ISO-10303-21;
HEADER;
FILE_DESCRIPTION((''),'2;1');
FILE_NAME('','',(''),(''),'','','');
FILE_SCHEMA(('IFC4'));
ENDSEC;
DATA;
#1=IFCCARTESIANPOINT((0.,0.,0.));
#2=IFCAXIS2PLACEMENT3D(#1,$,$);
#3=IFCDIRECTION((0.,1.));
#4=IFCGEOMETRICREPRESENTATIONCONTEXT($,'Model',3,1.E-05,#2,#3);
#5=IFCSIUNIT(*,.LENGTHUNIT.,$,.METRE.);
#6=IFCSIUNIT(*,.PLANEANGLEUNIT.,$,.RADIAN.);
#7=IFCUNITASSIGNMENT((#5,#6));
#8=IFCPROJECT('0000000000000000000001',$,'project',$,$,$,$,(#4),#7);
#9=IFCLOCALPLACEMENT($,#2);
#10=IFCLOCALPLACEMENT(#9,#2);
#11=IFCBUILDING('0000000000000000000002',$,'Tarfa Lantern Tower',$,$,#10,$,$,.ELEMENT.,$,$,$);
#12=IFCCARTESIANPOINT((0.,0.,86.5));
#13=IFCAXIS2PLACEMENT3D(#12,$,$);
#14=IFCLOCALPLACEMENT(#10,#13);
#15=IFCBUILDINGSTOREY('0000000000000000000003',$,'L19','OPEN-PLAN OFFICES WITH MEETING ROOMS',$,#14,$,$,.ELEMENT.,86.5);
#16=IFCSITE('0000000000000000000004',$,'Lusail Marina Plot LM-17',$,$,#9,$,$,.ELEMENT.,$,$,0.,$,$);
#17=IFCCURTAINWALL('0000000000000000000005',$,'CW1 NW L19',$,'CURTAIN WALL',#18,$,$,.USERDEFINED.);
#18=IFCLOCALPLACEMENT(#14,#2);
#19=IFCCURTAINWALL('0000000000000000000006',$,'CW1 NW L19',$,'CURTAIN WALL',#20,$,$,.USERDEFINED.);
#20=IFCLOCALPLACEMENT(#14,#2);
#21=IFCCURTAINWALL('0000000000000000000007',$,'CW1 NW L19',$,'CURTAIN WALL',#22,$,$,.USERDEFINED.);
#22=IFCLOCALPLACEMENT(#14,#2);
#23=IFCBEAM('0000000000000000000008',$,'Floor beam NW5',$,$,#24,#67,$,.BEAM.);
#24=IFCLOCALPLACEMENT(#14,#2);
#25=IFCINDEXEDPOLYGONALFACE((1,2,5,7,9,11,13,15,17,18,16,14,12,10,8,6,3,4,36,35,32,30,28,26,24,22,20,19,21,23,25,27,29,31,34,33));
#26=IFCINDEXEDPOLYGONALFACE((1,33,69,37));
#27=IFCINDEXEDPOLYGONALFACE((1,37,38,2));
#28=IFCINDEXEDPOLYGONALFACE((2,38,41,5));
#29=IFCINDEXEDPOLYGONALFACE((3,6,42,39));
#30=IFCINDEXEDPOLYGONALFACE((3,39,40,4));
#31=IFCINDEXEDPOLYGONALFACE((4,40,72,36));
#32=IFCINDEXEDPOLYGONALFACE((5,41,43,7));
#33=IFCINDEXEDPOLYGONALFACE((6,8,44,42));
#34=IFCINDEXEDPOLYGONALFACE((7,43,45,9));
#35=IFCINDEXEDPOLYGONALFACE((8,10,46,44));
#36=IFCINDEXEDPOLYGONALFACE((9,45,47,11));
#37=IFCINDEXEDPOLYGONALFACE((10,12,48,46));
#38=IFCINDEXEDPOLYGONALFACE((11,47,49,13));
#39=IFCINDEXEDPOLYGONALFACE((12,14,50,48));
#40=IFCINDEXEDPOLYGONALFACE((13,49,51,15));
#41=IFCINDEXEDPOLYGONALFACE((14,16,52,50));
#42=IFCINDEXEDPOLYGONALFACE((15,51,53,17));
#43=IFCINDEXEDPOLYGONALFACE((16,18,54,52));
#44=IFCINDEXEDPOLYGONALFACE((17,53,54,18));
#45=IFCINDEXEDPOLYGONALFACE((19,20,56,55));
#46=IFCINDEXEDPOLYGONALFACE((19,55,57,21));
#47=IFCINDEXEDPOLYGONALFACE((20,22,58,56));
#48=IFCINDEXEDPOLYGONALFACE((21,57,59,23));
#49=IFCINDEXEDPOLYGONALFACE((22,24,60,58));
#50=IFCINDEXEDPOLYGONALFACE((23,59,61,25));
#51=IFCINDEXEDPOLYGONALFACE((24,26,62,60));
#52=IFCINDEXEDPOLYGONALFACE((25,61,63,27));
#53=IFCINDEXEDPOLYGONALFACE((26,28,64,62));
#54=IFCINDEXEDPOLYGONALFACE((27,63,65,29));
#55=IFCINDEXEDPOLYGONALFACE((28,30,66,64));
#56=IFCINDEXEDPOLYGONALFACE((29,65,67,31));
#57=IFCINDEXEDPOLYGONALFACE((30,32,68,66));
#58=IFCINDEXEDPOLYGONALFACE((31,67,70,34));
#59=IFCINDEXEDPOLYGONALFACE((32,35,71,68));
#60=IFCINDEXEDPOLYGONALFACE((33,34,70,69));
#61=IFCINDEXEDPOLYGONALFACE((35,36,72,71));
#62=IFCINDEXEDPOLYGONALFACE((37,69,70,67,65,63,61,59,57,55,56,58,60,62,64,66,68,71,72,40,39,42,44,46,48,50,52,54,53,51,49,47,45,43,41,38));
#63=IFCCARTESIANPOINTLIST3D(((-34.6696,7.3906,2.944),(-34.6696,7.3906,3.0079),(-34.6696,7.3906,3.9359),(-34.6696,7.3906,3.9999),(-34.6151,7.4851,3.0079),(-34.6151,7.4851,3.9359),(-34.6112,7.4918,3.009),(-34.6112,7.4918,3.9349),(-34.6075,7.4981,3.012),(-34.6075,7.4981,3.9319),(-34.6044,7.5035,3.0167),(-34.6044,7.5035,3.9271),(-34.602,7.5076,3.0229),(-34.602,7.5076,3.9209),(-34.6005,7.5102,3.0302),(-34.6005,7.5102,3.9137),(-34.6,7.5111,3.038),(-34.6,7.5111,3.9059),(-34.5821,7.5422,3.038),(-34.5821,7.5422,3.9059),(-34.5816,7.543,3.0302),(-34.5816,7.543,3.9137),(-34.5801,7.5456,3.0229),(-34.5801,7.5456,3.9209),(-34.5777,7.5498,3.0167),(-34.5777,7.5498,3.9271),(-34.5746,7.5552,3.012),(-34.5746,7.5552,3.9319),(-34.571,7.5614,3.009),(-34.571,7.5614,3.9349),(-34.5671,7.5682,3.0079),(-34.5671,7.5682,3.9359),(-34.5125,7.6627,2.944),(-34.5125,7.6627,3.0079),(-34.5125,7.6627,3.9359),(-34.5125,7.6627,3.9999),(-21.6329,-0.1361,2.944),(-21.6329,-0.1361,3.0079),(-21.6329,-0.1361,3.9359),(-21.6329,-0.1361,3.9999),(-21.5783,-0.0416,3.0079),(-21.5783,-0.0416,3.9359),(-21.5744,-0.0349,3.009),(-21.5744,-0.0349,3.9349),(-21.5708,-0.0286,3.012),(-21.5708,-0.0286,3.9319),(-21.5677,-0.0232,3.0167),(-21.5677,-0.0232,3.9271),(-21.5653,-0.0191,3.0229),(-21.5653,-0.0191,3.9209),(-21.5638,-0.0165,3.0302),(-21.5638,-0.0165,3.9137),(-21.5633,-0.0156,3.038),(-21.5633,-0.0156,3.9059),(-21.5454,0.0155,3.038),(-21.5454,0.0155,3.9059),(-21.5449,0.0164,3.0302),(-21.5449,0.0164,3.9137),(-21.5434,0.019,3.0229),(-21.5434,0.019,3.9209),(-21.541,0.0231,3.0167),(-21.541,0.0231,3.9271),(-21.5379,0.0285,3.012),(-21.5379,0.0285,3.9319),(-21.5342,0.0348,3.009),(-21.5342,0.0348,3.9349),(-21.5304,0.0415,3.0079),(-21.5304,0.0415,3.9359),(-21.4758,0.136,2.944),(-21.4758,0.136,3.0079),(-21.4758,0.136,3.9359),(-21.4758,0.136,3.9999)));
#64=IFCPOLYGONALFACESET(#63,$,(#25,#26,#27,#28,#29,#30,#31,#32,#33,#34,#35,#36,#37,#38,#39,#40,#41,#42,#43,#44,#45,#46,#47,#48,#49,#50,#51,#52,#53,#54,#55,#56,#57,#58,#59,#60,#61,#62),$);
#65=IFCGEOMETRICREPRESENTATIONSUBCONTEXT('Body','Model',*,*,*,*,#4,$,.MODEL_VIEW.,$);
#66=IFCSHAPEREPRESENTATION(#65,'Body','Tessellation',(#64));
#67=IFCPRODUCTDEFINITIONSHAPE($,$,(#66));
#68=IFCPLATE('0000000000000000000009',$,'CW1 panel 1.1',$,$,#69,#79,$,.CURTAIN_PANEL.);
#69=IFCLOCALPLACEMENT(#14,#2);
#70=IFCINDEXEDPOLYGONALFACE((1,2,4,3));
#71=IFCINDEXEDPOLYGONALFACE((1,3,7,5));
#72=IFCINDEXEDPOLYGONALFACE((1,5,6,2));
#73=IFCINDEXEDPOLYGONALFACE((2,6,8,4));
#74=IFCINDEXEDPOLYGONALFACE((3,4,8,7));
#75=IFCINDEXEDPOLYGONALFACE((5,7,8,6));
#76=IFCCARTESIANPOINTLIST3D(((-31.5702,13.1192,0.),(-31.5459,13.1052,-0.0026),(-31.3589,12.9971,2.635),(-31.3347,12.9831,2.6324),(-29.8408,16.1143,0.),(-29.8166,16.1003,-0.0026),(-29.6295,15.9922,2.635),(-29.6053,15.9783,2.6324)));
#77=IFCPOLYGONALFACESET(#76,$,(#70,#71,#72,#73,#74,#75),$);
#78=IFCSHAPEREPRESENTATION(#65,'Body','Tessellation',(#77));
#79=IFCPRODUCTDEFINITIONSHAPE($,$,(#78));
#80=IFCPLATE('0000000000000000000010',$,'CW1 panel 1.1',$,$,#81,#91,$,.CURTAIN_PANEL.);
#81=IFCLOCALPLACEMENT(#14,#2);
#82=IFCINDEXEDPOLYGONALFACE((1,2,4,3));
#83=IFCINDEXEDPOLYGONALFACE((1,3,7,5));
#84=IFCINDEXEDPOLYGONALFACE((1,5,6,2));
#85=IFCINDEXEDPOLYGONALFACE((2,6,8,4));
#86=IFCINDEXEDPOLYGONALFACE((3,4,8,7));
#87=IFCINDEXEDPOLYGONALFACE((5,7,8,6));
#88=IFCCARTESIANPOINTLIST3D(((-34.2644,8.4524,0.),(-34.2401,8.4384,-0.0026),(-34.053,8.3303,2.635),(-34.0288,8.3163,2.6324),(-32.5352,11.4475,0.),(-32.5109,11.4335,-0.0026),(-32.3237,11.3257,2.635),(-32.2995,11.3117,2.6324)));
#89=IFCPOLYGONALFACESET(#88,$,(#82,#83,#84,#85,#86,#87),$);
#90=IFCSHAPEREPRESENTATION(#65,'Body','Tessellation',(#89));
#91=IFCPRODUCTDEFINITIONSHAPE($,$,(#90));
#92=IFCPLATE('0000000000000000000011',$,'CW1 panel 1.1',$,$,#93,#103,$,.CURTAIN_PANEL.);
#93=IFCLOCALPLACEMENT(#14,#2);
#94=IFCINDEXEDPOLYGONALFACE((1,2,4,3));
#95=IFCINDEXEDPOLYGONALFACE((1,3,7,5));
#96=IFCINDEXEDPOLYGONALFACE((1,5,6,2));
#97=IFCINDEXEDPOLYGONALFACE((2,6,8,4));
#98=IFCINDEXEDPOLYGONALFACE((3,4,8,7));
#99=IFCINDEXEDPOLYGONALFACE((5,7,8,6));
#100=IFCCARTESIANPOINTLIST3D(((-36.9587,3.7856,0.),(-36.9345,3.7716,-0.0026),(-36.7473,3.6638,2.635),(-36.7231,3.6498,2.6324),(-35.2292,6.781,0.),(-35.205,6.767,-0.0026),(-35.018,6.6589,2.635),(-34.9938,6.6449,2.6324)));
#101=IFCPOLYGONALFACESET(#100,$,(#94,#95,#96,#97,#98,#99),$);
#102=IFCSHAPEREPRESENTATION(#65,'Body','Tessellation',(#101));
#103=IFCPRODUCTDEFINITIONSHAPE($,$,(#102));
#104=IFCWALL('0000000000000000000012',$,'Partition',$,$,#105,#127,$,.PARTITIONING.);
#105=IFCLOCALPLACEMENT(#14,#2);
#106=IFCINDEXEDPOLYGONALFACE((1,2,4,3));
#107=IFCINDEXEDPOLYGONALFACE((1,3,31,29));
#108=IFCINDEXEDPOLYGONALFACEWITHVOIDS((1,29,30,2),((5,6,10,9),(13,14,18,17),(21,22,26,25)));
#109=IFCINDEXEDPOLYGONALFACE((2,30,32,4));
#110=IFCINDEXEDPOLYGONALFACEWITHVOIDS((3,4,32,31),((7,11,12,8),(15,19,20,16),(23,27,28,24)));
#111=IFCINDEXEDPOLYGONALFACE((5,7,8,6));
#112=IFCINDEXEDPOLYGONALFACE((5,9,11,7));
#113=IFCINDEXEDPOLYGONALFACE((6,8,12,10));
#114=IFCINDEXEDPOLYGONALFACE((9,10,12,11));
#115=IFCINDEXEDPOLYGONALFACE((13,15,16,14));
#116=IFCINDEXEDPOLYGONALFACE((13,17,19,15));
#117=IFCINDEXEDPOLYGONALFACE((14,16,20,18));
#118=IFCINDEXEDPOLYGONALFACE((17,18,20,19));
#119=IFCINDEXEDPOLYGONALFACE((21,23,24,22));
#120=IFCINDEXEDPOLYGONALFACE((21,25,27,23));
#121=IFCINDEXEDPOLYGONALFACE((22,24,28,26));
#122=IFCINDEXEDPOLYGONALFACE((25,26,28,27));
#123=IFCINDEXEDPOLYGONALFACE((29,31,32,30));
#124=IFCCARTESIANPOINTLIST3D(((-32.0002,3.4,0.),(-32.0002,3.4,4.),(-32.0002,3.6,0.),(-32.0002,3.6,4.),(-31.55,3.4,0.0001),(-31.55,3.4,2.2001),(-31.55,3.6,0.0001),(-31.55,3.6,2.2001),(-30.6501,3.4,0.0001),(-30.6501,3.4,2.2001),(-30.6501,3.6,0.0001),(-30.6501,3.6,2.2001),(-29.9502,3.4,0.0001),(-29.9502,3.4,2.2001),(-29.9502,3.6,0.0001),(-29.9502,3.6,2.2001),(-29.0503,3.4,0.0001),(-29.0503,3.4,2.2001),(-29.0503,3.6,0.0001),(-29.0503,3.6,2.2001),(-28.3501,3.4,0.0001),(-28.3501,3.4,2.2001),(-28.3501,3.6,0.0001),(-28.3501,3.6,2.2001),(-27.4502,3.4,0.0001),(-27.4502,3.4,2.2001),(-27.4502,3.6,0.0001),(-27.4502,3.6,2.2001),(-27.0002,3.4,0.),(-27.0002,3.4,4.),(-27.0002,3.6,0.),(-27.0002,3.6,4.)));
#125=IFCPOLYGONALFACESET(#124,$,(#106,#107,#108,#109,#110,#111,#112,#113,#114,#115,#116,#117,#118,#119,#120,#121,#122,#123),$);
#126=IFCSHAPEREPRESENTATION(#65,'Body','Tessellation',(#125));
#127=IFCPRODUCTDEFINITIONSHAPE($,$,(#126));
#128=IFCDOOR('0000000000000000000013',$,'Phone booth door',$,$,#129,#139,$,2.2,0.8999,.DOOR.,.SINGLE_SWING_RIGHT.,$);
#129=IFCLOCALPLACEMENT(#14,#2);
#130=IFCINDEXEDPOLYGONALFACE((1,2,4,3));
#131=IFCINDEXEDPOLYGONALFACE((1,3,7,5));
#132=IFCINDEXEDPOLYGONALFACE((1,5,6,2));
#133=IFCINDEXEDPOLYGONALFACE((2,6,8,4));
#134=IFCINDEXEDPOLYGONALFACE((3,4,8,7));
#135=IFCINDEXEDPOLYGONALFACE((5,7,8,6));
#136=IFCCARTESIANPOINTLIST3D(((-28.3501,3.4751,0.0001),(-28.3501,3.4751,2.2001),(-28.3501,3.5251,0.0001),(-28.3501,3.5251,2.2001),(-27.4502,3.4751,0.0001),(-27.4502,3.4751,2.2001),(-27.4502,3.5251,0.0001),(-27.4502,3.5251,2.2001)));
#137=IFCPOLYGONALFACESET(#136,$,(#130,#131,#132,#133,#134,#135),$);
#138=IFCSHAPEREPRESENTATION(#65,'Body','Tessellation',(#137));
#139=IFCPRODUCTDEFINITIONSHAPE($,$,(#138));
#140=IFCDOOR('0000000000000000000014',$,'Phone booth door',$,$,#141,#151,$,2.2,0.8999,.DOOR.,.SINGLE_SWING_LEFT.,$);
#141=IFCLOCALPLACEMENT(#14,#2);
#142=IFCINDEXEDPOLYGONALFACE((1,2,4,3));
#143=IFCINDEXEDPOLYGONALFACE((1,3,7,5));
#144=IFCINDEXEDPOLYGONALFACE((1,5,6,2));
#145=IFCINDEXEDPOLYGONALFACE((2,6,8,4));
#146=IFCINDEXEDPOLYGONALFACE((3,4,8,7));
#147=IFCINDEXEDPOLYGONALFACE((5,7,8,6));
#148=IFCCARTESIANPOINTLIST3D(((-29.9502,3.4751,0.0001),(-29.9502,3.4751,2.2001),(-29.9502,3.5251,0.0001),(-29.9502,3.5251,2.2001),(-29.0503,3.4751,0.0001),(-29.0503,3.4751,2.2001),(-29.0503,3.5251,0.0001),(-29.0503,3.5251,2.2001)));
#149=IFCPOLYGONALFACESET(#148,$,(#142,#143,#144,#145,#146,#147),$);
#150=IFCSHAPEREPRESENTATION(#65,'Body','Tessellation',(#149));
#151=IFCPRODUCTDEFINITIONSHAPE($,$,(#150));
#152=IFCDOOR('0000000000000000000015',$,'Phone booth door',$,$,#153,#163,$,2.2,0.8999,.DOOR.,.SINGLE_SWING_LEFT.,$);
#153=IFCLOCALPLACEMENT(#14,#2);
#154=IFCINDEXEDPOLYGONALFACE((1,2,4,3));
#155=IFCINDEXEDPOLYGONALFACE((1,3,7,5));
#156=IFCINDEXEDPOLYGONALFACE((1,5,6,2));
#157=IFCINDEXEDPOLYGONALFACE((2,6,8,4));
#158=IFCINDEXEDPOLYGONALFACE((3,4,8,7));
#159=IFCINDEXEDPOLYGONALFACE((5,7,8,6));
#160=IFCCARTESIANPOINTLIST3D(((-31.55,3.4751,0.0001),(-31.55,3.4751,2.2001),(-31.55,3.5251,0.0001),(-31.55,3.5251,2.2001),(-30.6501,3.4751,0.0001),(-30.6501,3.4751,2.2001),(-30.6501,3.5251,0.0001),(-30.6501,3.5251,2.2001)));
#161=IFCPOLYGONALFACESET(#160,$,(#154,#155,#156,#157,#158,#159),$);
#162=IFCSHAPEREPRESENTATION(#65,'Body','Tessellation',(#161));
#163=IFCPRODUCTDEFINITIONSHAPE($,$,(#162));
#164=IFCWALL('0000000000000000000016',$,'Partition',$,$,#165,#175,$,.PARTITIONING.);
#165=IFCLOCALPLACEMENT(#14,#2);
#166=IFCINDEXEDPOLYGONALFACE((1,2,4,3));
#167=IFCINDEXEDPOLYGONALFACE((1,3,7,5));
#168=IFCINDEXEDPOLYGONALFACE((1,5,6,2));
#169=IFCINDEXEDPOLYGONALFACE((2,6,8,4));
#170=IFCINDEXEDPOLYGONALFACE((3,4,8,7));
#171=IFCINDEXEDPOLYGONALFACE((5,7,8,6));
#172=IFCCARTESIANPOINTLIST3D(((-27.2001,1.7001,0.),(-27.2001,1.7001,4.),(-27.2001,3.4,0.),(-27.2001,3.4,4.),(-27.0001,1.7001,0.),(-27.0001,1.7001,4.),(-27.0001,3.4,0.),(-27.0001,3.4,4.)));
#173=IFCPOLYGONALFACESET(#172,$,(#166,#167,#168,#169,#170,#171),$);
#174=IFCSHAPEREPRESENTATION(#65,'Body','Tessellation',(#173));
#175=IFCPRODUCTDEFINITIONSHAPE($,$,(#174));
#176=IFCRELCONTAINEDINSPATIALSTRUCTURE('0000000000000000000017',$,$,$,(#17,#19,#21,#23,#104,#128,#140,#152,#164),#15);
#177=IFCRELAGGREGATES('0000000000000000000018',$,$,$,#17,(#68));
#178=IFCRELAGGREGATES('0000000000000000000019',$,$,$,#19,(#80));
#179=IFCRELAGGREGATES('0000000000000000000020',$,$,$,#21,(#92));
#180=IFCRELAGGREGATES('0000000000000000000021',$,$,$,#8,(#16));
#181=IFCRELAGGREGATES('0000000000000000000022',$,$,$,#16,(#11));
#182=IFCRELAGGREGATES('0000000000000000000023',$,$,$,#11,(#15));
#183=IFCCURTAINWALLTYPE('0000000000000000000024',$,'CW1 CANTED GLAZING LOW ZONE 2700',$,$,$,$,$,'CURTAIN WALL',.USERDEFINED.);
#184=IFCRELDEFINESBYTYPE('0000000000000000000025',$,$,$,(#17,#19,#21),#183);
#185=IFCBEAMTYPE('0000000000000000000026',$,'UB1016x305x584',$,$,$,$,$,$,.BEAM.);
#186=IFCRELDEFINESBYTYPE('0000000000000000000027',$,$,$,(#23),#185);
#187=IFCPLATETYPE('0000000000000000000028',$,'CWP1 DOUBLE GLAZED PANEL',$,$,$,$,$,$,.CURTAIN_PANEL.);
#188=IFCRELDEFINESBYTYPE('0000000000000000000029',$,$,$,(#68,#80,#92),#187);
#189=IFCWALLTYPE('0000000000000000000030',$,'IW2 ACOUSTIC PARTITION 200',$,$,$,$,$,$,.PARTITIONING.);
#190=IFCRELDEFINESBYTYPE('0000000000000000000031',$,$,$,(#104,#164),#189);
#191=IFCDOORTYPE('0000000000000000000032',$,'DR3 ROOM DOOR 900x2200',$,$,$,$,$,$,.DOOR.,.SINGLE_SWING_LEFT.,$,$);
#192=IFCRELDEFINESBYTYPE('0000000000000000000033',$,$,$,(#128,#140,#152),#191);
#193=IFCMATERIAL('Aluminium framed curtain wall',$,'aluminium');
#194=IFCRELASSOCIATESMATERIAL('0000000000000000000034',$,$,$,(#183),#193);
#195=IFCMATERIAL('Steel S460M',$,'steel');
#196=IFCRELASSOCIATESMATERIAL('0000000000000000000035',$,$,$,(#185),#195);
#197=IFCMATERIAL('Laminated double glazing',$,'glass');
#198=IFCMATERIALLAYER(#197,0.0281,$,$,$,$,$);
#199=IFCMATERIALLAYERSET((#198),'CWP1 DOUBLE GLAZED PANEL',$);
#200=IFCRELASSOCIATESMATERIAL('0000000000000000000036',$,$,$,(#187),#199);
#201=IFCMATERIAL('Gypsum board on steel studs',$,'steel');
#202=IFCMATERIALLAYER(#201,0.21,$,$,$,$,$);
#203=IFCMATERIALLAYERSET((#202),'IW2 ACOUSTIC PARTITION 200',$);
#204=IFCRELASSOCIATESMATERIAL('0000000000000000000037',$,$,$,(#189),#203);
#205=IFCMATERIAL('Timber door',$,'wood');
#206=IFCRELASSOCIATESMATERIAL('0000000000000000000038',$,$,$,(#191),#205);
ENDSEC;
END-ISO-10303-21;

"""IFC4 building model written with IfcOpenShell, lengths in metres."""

from ifc_helpers import new_model, si_unit, direction, frame, frame_2d, origin, origin_2d, place, context, subcontext, project, spatial, polyline, rectangle, i_section, outline, extrude, material, layer, layer_set, material_profile, profile_set, type_object, element, fill, aggregate, save


model = new_model("IFC4")

# Units and contexts
model_context = context("Model", 3, precision=1e-05, world=origin(), true_north=direction((0.0, 1.0)))
body_context = subcontext(model_context, "Body", "Model", "MODEL_VIEW")
ifc_project = project(units=[si_unit("LENGTHUNIT", "METRE"), si_unit("PLANEANGLEUNIT", "RADIAN")], contexts=[model_context])

# Site, building, storey
site_placement = place(None, origin())
site = spatial("IfcSite", under=ifc_project, at=site_placement, Name="Lusail Marina Plot LM-17", CompositionType="ELEMENT", RefElevation=0.0)
building_placement = place(site_placement, origin())
building = spatial("IfcBuilding", under=site, at=building_placement, Name="Tarfa Lantern Tower", CompositionType="ELEMENT")
storey_placement = place(building_placement, frame((0.0, 0.0, 86.5)))
storey = spatial("IfcBuildingStorey", under=building, at=storey_placement, Name="L19", Description="OPEN-PLAN OFFICES WITH MEETING ROOMS", CompositionType="ELEMENT", Elevation=86.5)

# Curtain wall
ifc_material_1 = material(Name="Aluminium framed curtain wall", Category="aluminium")
curtain_wall_type = type_object("IfcCurtainWallType", Name="CW1 CANTED GLAZING LOW ZONE 2700", ElementType="CURTAIN WALL", PredefinedType="USERDEFINED", material=ifc_material_1)
curtain_wall_1_placement = place(storey_placement, origin())
curtain_wall_1 = element("IfcCurtainWall", 1, at=curtain_wall_1_placement, inside=storey, type_object=curtain_wall_type, Name="CW1 NW L19", ObjectType="CURTAIN WALL", PredefinedType="USERDEFINED")

# Curtain walls
curtain_wall_2_placement = place(storey_placement, origin())
curtain_wall_2 = element("IfcCurtainWall", 2, at=curtain_wall_2_placement, inside=storey, type_object=curtain_wall_type, Name="CW1 NW L19", ObjectType="CURTAIN WALL", PredefinedType="USERDEFINED")
curtain_wall_3_placement = place(storey_placement, origin())
curtain_wall_3 = element("IfcCurtainWall", 3, at=curtain_wall_3_placement, inside=storey, type_object=curtain_wall_type, Name="CW1 NW L19", ObjectType="CURTAIN WALL", PredefinedType="USERDEFINED")

# Beam
ifc_material_2 = material(Name="Steel S460M", Category="steel")
ifc_material_profile_1 = material_profile(ifc_material_2, i_section(OverallWidth=0.3142, OverallDepth=1.0559, WebThickness=0.0359, FlangeThickness=0.064, FilletRadius=0.03, at=origin_2d()), Name="UB1016x305x584")
ifc_profile_set_1 = profile_set([ifc_material_profile_1], Name="Steel S460M")
beam_type_1 = type_object("IfcBeamType", Name="UB1016x305x584", PredefinedType="BEAM", material=ifc_profile_set_1)
beam_1_placement = place(storey_placement, frame((-34.5911, 7.5266, 3.4719), z_axis=(0.866028, -0.499996, 0.0), x_axis=(0.499996, 0.866028, 0.0)))
element("IfcBeam", 4, at=beam_1_placement, inside=storey, type_object=beam_type_1, Name="Floor beam NW5", PredefinedType="BEAM", context=body_context, shape_type="SweptSolid", body=[
    extrude(i_section(OverallWidth=0.3142, OverallDepth=1.0559, WebThickness=0.0359, FlangeThickness=0.064, FilletRadius=0.03, at=origin_2d()), origin(), (0.0, 0.0, 1.0), 15.0535),
])

# Plates
ifc_material_3 = material(Name="Laminated double glazing", Category="glass")
ifc_layer_1 = layer(ifc_material_3, 0.0281)
ifc_layer_set_1 = layer_set([ifc_layer_1], Name="CWP1 DOUBLE GLAZED PANEL")
plate_type = type_object("IfcPlateType", Name="CWP1 DOUBLE GLAZED PANEL", PredefinedType="CURTAIN_PANEL", material=ifc_layer_set_1)
plate_1_placement = place(storey_placement, frame((-29.8408, 16.1143, 0.0), z_axis=(-0.862318, 0.497899, 0.092216), x_axis=(-0.50003, -0.866008, 0.000003)))
plate_1 = element("IfcPlate", 5, at=plate_1_placement, type_object=plate_type, Name="CW1 panel 1.1", PredefinedType="CURTAIN_PANEL", context=body_context, shape_type="SweptSolid", body=[
    extrude(outline(polyline([(0.0, 0.0), (3.4585, 0.0), (3.4586, 2.6463), (0.0, 2.6463), (0.0, 0.0)])), origin(), (0.0, 0.0, -1.0), 0.0281),
])
aggregate(curtain_wall_1, [plate_1])
plate_2_placement = place(storey_placement, frame((-32.5352, 11.4475, 0.0), z_axis=(-0.862341, 0.497857, 0.092233), x_axis=(-0.499988, -0.866032, -0.000002)))
plate_2 = element("IfcPlate", 6, at=plate_2_placement, type_object=plate_type, Name="CW1 panel 1.1", PredefinedType="CURTAIN_PANEL", context=body_context, shape_type="SweptSolid", body=[
    extrude(outline(polyline([(0.0, 0.0), (3.4585, 0.0), (3.4585, 2.6463), (-0.0002, 2.6463), (0.0, 0.0)])), origin(), (0.0, 0.0, -1.0), 0.0281),
])
aggregate(curtain_wall_2, [plate_2])
plate_3_placement = place(storey_placement, frame((-35.2292, 6.781, 0.0), z_axis=(-0.862329, 0.497885, 0.092193), x_axis=(-0.500015, -0.866017, -0.000001)))
plate_3 = element("IfcPlate", 7, at=plate_3_placement, type_object=plate_type, Name="CW1 panel 1.1", PredefinedType="CURTAIN_PANEL", context=body_context, shape_type="SweptSolid", body=[
    extrude(outline(polyline([(0.0, 0.0), (3.4588, 0.0), (3.4586, 2.6463), (0.0001, 2.6463), (0.0, 0.0)])), origin(), (0.0, 0.0, -1.0), 0.0281),
])
aggregate(curtain_wall_3, [plate_3])

# Wall, openings, doors
ifc_material_4 = material(Name="Gypsum board on steel studs", Category="steel")
ifc_layer_2 = layer(ifc_material_4, 0.21)
ifc_layer_set_2 = layer_set([ifc_layer_2], Name="IW2 ACOUSTIC PARTITION 200")
wall_type = type_object("IfcWallType", Name="IW2 ACOUSTIC PARTITION 200", PredefinedType="PARTITIONING", material=ifc_layer_set_2)
wall_1_placement = place(storey_placement, frame((-27.0002, 3.5, 0.0), z_axis=(0.0, 0.0, 1.0), x_axis=(-1.0, 0.0, 0.0)))
wall_1 = element("IfcWall", 8, at=wall_1_placement, inside=storey, type_object=wall_type, Name="Partition", PredefinedType="PARTITIONING", context=body_context, shape_type="SweptSolid", body=[
    extrude(rectangle(XDim=5.0, YDim=0.2, at=frame_2d((2.5, 0.0))), origin(), (0.0, 0.0, 1.0), 4.0),
])
opening_1_placement = place(wall_1_placement, frame((0.45, 0.0, 0.0)))
opening_1 = element("IfcOpeningElement", 9, at=opening_1_placement, cuts=wall_1, PredefinedType="OPENING", context=body_context, shape_type="SweptSolid", body=[
    extrude(rectangle(XDim=0.8999, YDim=2.2, at=frame_2d((0.45, 1.1001))), frame((0.0, 0.1099, 0.0), z_axis=(0.0, -1.0, 0.0), x_axis=(1.0, 0.0, 0.0)), (0.0, 0.0, 1.0), 0.22),
])
opening_2_placement = place(wall_1_placement, frame((2.05, 0.0, 0.0)))
opening_2 = element("IfcOpeningElement", 10, at=opening_2_placement, cuts=wall_1, PredefinedType="OPENING", context=body_context, shape_type="SweptSolid", body=[
    extrude(rectangle(XDim=0.8999, YDim=2.2, at=frame_2d((0.45, 1.1001))), frame((0.0, 0.1099, 0.0), z_axis=(0.0, -1.0, 0.0), x_axis=(1.0, 0.0, 0.0)), (0.0, 0.0, 1.0), 0.22),
])
opening_3_placement = place(wall_1_placement, frame((3.6499, 0.0, 0.0)))
opening_3 = element("IfcOpeningElement", 11, at=opening_3_placement, cuts=wall_1, PredefinedType="OPENING", context=body_context, shape_type="SweptSolid", body=[
    extrude(rectangle(XDim=0.8999, YDim=2.2, at=frame_2d((0.45, 1.1001))), frame((0.0, 0.1099, 0.0), z_axis=(0.0, -1.0, 0.0), x_axis=(1.0, 0.0, 0.0)), (0.0, 0.0, 1.0), 0.22),
])
ifc_material_5 = material(Name="Timber door", Category="wood")
door_type = type_object("IfcDoorType", Name="DR3 ROOM DOOR 900x2200", OperationType="SINGLE_SWING_LEFT", PredefinedType="DOOR", material=ifc_material_5)
door_1_placement = place(opening_1_placement, origin())
door_1 = element("IfcDoor", 12, at=door_1_placement, inside=storey, type_object=door_type, Name="Phone booth door", OperationType="SINGLE_SWING_RIGHT", OverallHeight=2.2, OverallWidth=0.8999, PredefinedType="DOOR", context=body_context, shape_type="SweptSolid", body=[
    extrude(rectangle(XDim=0.8999, YDim=2.2, at=frame_2d((0.45, 1.1001))), frame((0.0, 0.0249, 0.0), z_axis=(0.0, -1.0, 0.0), x_axis=(1.0, 0.0, 0.0)), (0.0, 0.0, 1.0), 0.05),
])
fill(opening_1, door_1)
door_2_placement = place(opening_2_placement, origin())
door_2 = element("IfcDoor", 13, at=door_2_placement, inside=storey, type_object=door_type, Name="Phone booth door", OperationType="SINGLE_SWING_LEFT", OverallHeight=2.2, OverallWidth=0.8999, PredefinedType="DOOR", context=body_context, shape_type="SweptSolid", body=[
    extrude(rectangle(XDim=0.8999, YDim=2.2, at=frame_2d((0.45, 1.1001))), frame((0.0, 0.0249, 0.0), z_axis=(0.0, -1.0, 0.0), x_axis=(1.0, 0.0, 0.0)), (0.0, 0.0, 1.0), 0.05),
])
fill(opening_2, door_2)
door_3_placement = place(opening_3_placement, origin())
door_3 = element("IfcDoor", 14, at=door_3_placement, inside=storey, type_object=door_type, Name="Phone booth door", OperationType="SINGLE_SWING_LEFT", OverallHeight=2.2, OverallWidth=0.8999, PredefinedType="DOOR", context=body_context, shape_type="SweptSolid", body=[
    extrude(rectangle(XDim=0.8999, YDim=2.2, at=frame_2d((0.45, 1.1001))), frame((0.0, 0.0249, 0.0), z_axis=(0.0, -1.0, 0.0), x_axis=(1.0, 0.0, 0.0)), (0.0, 0.0, 1.0), 0.05),
])
fill(opening_3, door_3)

# Wall
wall_2_placement = place(storey_placement, frame((-27.1001, 1.7, 0.0), z_axis=(0.0, 0.0, 1.0), x_axis=(0.0, 1.0, 0.0)))
element("IfcWall", 15, at=wall_2_placement, inside=storey, type_object=wall_type, Name="Partition", PredefinedType="PARTITIONING", context=body_context, shape_type="SweptSolid", body=[
    extrude(rectangle(XDim=1.7, YDim=0.2, at=frame_2d((0.8501, 0.0))), origin(), (0.0, 0.0, 1.0), 4.0),
])

save(model, "model.ifc")
